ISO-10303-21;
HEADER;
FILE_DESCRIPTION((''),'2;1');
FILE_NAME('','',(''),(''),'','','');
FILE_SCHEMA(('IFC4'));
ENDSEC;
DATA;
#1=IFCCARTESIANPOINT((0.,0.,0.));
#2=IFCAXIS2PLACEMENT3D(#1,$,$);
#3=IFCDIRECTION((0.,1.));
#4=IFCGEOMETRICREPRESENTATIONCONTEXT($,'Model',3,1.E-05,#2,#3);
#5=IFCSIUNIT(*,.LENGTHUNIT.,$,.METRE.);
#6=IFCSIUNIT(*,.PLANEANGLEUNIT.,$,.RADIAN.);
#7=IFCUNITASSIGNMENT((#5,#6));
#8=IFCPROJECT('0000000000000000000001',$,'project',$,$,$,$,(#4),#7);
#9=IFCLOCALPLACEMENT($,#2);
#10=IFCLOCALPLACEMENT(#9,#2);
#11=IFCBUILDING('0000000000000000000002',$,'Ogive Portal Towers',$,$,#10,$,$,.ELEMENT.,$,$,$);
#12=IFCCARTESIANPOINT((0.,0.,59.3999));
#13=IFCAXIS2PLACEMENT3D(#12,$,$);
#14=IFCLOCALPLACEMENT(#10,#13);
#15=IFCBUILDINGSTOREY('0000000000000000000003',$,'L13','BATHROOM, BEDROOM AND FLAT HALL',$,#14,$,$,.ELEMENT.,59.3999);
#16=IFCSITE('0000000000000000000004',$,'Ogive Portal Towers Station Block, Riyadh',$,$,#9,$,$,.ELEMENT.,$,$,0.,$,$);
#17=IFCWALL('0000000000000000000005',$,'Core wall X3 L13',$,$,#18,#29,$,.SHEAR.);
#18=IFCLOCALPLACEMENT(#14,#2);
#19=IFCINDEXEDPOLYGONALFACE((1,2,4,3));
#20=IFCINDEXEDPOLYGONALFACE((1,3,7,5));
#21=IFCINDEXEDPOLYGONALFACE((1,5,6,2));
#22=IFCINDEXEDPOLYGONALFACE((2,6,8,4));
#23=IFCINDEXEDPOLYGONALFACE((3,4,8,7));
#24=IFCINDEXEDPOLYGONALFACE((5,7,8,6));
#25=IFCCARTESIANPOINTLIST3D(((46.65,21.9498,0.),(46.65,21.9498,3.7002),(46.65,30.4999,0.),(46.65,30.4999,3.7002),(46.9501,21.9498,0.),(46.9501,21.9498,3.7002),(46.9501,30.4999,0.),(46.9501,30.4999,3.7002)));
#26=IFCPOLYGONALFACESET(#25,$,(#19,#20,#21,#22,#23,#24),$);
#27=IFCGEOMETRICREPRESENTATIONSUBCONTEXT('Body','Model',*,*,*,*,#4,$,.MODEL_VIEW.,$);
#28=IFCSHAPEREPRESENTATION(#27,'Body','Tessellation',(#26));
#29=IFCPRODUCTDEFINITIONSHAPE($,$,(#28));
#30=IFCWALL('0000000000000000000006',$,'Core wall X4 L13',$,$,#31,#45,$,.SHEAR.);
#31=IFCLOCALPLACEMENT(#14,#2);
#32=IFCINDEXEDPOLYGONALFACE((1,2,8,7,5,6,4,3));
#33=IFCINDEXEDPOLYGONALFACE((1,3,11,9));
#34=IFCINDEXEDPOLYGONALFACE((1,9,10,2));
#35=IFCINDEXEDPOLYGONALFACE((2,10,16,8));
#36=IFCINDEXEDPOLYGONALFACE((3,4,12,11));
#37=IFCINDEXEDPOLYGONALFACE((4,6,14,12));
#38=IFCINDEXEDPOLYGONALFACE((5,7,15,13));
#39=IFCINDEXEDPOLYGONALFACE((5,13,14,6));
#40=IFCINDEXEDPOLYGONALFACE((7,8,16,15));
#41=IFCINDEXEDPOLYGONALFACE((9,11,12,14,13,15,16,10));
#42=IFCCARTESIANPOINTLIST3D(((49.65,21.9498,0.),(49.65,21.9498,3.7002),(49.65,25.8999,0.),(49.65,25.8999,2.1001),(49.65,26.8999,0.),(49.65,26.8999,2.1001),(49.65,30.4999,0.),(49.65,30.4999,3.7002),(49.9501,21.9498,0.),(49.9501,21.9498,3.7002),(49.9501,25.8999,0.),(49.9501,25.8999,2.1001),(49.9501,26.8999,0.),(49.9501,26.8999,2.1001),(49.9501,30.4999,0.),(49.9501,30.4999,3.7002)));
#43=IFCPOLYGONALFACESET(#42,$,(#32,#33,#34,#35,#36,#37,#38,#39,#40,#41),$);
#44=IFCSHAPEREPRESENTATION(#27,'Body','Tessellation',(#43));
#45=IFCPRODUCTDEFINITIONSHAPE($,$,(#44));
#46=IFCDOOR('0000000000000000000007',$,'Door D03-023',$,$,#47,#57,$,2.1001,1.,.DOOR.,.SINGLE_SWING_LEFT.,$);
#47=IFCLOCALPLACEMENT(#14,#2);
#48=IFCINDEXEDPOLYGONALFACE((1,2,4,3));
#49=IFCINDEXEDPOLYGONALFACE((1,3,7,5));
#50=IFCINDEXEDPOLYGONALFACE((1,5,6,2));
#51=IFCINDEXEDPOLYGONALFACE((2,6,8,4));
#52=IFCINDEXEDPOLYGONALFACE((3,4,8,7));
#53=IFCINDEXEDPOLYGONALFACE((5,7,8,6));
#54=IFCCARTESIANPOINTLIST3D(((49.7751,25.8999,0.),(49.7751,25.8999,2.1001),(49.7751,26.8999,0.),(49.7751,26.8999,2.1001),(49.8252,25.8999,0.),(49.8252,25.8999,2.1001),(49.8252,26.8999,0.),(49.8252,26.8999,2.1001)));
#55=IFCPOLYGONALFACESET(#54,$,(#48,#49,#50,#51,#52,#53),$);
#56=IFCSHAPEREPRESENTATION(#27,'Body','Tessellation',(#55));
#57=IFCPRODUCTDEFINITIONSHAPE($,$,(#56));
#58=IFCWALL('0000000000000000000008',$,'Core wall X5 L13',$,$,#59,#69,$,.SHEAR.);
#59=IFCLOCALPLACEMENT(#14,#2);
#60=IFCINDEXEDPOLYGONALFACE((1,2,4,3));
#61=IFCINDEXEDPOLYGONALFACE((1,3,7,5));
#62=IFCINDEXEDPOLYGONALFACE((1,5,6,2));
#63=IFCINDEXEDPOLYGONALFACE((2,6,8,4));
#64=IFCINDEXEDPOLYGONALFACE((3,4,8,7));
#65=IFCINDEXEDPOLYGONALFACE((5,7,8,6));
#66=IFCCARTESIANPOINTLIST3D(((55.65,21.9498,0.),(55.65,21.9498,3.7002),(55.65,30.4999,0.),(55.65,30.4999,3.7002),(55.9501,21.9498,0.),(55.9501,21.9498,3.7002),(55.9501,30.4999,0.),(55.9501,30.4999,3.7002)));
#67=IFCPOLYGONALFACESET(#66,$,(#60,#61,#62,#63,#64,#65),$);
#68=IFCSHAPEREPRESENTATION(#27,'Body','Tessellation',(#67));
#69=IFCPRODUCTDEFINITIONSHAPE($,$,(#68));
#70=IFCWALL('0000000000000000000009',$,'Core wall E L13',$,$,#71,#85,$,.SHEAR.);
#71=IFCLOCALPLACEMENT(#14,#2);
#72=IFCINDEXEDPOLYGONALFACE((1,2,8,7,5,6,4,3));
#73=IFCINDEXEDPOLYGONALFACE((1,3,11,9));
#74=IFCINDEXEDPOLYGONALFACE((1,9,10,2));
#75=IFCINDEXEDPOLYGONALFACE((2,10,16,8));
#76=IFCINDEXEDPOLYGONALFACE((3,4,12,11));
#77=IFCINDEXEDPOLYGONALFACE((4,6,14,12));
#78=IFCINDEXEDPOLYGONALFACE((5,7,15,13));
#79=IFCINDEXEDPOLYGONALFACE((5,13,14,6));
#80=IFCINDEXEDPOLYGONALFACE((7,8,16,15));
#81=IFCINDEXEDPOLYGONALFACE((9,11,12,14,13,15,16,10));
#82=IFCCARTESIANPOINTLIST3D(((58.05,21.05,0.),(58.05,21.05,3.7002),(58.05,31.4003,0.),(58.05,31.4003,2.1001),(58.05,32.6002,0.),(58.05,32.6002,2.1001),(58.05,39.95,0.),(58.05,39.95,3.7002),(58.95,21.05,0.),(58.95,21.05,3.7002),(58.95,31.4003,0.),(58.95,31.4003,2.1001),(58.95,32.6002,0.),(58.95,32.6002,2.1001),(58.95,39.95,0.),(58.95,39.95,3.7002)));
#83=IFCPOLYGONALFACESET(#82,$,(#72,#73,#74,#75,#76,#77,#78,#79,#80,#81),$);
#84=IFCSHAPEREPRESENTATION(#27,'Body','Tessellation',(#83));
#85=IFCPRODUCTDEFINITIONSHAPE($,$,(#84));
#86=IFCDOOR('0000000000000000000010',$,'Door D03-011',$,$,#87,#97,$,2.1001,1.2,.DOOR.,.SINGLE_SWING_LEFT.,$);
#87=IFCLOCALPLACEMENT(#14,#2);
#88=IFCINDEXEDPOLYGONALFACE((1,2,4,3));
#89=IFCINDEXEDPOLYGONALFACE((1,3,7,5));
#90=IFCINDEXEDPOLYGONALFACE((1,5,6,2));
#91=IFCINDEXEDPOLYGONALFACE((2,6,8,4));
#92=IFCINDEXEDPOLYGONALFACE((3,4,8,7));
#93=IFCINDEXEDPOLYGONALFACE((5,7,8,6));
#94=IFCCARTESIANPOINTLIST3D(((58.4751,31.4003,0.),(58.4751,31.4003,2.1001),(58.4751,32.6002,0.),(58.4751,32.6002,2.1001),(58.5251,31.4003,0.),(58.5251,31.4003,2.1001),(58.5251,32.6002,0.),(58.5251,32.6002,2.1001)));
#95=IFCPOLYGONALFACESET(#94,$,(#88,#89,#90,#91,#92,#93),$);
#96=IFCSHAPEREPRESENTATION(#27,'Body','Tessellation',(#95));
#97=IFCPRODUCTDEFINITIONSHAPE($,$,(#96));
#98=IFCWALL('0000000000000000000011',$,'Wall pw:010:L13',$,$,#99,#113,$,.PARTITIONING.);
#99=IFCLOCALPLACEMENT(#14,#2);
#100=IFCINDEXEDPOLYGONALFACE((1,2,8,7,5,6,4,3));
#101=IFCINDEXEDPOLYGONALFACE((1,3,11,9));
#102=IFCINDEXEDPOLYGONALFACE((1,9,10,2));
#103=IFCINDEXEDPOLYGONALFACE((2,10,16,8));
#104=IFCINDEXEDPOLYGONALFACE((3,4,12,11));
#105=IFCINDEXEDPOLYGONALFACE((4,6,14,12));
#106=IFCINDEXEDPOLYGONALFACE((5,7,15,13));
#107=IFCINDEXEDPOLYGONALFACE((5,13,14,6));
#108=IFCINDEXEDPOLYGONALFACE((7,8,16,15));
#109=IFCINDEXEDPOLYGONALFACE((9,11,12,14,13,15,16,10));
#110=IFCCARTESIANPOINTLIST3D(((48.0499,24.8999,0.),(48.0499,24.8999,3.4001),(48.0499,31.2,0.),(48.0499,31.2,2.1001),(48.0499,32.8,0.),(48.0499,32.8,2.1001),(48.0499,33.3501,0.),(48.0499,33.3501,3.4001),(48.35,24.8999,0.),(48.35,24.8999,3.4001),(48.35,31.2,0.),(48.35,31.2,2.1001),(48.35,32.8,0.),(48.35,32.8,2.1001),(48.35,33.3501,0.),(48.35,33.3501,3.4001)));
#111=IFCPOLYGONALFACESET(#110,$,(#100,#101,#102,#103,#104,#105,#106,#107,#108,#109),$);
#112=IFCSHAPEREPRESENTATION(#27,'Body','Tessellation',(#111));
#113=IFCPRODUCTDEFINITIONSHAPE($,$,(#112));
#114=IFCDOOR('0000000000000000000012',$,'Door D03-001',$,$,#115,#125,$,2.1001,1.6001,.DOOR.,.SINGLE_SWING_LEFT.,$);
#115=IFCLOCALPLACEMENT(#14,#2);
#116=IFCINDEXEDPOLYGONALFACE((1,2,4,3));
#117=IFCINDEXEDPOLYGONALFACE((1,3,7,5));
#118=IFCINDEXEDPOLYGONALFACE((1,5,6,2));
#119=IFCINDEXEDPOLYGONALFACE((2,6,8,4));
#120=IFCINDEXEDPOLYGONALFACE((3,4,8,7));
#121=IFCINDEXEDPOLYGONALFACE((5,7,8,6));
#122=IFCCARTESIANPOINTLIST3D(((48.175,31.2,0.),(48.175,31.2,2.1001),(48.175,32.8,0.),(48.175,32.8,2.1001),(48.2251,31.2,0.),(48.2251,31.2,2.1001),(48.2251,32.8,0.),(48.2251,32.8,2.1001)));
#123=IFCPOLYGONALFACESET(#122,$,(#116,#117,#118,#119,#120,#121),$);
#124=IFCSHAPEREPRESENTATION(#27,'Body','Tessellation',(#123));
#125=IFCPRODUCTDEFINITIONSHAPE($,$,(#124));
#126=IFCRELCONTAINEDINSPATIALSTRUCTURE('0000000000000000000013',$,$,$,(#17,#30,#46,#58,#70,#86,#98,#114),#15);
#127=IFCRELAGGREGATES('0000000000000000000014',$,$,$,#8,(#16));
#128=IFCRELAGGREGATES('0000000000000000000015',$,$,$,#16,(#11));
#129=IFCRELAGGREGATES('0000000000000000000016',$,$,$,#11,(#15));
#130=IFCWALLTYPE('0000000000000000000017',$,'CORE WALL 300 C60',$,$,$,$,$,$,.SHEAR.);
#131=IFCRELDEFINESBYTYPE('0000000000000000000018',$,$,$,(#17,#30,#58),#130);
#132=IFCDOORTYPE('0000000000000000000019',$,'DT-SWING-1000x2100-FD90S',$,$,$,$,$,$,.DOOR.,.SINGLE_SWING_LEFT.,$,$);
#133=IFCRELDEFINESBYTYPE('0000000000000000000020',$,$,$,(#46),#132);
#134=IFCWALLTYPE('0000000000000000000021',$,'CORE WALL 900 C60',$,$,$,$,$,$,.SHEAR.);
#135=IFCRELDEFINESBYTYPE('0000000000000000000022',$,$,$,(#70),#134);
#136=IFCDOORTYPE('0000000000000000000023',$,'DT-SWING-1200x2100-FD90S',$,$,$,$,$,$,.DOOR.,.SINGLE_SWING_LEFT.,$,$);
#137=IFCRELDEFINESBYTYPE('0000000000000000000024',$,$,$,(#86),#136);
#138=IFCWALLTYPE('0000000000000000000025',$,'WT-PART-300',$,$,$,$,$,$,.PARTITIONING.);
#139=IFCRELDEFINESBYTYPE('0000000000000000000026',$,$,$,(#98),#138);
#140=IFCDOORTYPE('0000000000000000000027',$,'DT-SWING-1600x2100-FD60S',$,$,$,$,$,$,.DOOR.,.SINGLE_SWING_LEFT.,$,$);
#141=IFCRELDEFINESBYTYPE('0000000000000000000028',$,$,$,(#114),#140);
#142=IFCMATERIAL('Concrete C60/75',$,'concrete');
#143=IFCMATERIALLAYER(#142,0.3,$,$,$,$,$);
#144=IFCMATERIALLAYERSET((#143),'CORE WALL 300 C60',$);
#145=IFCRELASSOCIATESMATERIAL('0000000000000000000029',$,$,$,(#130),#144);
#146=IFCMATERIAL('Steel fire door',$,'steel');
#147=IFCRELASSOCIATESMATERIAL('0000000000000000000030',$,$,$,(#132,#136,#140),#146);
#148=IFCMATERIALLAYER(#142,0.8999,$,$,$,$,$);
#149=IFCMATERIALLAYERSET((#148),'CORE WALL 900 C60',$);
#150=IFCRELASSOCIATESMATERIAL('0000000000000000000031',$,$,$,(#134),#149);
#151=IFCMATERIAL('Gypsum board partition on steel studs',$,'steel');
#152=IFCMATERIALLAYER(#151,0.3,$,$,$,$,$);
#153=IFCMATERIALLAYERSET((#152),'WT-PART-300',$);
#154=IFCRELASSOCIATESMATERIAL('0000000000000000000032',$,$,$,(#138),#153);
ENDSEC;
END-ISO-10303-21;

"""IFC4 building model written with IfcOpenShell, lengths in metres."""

from ifc_helpers import new_model, si_unit, direction, frame, frame_2d, origin, place, context, subcontext, project, spatial, rectangle, extrude, material, layer, layer_set, type_object, element, fill, save


model = new_model("IFC4")

# Units and contexts
model_context = context("Model", 3, precision=1e-05, world=origin(), true_north=direction((0.0, 1.0)))
body_context = subcontext(model_context, "Body", "Model", "MODEL_VIEW")
ifc_project = project(units=[si_unit("LENGTHUNIT", "METRE"), si_unit("PLANEANGLEUNIT", "RADIAN")], contexts=[model_context])

# Site, building, storey
site_placement = place(None, origin())
site = spatial("IfcSite", under=ifc_project, at=site_placement, Name="Ogive Portal Towers Station Block, Riyadh", CompositionType="ELEMENT", RefElevation=0.0)
building_placement = place(site_placement, origin())
building = spatial("IfcBuilding", under=site, at=building_placement, Name="Ogive Portal Towers", CompositionType="ELEMENT")
storey_placement = place(building_placement, frame((0.0, 0.0, 59.3999)))
storey = spatial("IfcBuildingStorey", under=building, at=storey_placement, Name="L13", Description="BATHROOM, BEDROOM AND FLAT HALL", CompositionType="ELEMENT", Elevation=59.3999)

# Wall
ifc_material_1 = material(Name="Concrete C60/75", Category="concrete")
ifc_layer_1 = layer(ifc_material_1, 0.3)
ifc_layer_set_1 = layer_set([ifc_layer_1], Name="CORE WALL 300 C60")
wall_type_1 = type_object("IfcWallType", Name="CORE WALL 300 C60", PredefinedType="SHEAR", material=ifc_layer_set_1)
wall_1_placement = place(storey_placement, frame((46.8, 21.95, 0.0), z_axis=(0.0, 0.0, 1.0), x_axis=(0.0, 1.0, 0.0)))
element("IfcWall", 1, at=wall_1_placement, inside=storey, type_object=wall_type_1, Name="Core wall X3 L13", PredefinedType="SHEAR", context=body_context, shape_type="SweptSolid", body=[
    extrude(rectangle(XDim=8.55, YDim=0.3, at=frame_2d((4.2749, 0.0))), origin(), (0.0, 0.0, 1.0), 3.7002),
])

# Wall, opening, door
wall_2_placement = place(storey_placement, frame((49.8, 21.95, 0.0), z_axis=(0.0, 0.0, 1.0), x_axis=(0.0, 1.0, 0.0)))
wall_2 = element("IfcWall", 2, at=wall_2_placement, inside=storey, type_object=wall_type_1, Name="Core wall X4 L13", PredefinedType="SHEAR", context=body_context, shape_type="SweptSolid", body=[
    extrude(rectangle(XDim=8.55, YDim=0.3, at=frame_2d((4.2749, 0.0))), origin(), (0.0, 0.0, 1.0), 3.7002),
])
opening_1_placement = place(wall_2_placement, frame((3.95, 0.0, 0.0)))
opening_1 = element("IfcOpeningElement", 3, at=opening_1_placement, cuts=wall_2, PredefinedType="OPENING", context=body_context, shape_type="SweptSolid", body=[
    extrude(rectangle(XDim=1.0, YDim=2.1001, at=frame_2d((0.5, 1.05))), frame((0.0, 0.1602, 0.0), z_axis=(0.0, -1.0, 0.0), x_axis=(1.0, 0.0, 0.0)), (0.0, 0.0, 1.0), 0.3201),
])
ifc_material_2 = material(Name="Steel fire door", Category="steel")
door_type_1 = type_object("IfcDoorType", Name="DT-SWING-1000x2100-FD90S", OperationType="SINGLE_SWING_LEFT", PredefinedType="DOOR", material=ifc_material_2)
door_1_placement = place(opening_1_placement, origin())
door_1 = element("IfcDoor", 4, at=door_1_placement, inside=storey, type_object=door_type_1, Name="Door D03-023", OperationType="SINGLE_SWING_LEFT", OverallHeight=2.1001, OverallWidth=1.0, PredefinedType="DOOR", context=body_context, shape_type="SweptSolid", body=[
    extrude(rectangle(XDim=1.0, YDim=2.1001, at=frame_2d((0.5, 1.05))), frame((0.0, 0.0249, 0.0), z_axis=(0.0, -1.0, 0.0), x_axis=(1.0, 0.0, 0.0)), (0.0, 0.0, 1.0), 0.05),
])
fill(opening_1, door_1)

# Wall
wall_3_placement = place(storey_placement, frame((55.8, 21.95, 0.0), z_axis=(0.0, 0.0, 1.0), x_axis=(0.0, 1.0, 0.0)))
element("IfcWall", 5, at=wall_3_placement, inside=storey, type_object=wall_type_1, Name="Core wall X5 L13", PredefinedType="SHEAR", context=body_context, shape_type="SweptSolid", body=[
    extrude(rectangle(XDim=8.55, YDim=0.3, at=frame_2d((4.2749, 0.0))), origin(), (0.0, 0.0, 1.0), 3.7002),
])

# Walls, openings, doors
ifc_layer_2 = layer(ifc_material_1, 0.8999)
ifc_layer_set_2 = layer_set([ifc_layer_2], Name="CORE WALL 900 C60")
wall_type_2 = type_object("IfcWallType", Name="CORE WALL 900 C60", PredefinedType="SHEAR", material=ifc_layer_set_2)
wall_4_placement = place(storey_placement, frame((58.5, 21.05, 0.0), z_axis=(0.0, 0.0, 1.0), x_axis=(0.0, 1.0, 0.0)))
wall_4 = element("IfcWall", 6, at=wall_4_placement, inside=storey, type_object=wall_type_2, Name="Core wall E L13", PredefinedType="SHEAR", context=body_context, shape_type="SweptSolid", body=[
    extrude(rectangle(XDim=18.8999, YDim=0.8999, at=frame_2d((9.45, 0.0))), origin(), (0.0, 0.0, 1.0), 3.7002),
])
opening_2_placement = place(wall_4_placement, frame((10.3501, 0.0, 0.0)))
opening_2 = element("IfcOpeningElement", 7, at=opening_2_placement, cuts=wall_4, PredefinedType="OPENING", context=body_context, shape_type="SweptSolid", body=[
    extrude(rectangle(XDim=1.2, YDim=2.1001, at=frame_2d((0.6001, 1.05))), frame((0.0, 0.46, 0.0), z_axis=(0.0, -1.0, 0.0), x_axis=(1.0, 0.0, 0.0)), (0.0, 0.0, 1.0), 0.9199),
])
door_type_2 = type_object("IfcDoorType", Name="DT-SWING-1200x2100-FD90S", OperationType="SINGLE_SWING_LEFT", PredefinedType="DOOR", material=ifc_material_2)
door_2_placement = place(opening_2_placement, origin())
door_2 = element("IfcDoor", 8, at=door_2_placement, inside=storey, type_object=door_type_2, Name="Door D03-011", OperationType="SINGLE_SWING_LEFT", OverallHeight=2.1001, OverallWidth=1.2, PredefinedType="DOOR", context=body_context, shape_type="SweptSolid", body=[
    extrude(rectangle(XDim=1.2, YDim=2.1001, at=frame_2d((0.6001, 1.05))), frame((0.0, 0.0249, 0.0), z_axis=(0.0, -1.0, 0.0), x_axis=(1.0, 0.0, 0.0)), (0.0, 0.0, 1.0), 0.05),
])
fill(opening_2, door_2)
ifc_material_3 = material(Name="Gypsum board partition on steel studs", Category="steel")
ifc_layer_3 = layer(ifc_material_3, 0.3)
ifc_layer_set_3 = layer_set([ifc_layer_3], Name="WT-PART-300")
wall_type_3 = type_object("IfcWallType", Name="WT-PART-300", PredefinedType="PARTITIONING", material=ifc_layer_set_3)
wall_5_placement = place(storey_placement, frame((48.2, 24.8999, 0.0), z_axis=(0.0, 0.0, 1.0), x_axis=(0.0, 1.0, 0.0)))
wall_5 = element("IfcWall", 9, at=wall_5_placement, inside=storey, type_object=wall_type_3, Name="Wall pw:010:L13", PredefinedType="PARTITIONING", context=body_context, shape_type="SweptSolid", body=[
    extrude(rectangle(XDim=8.4502, YDim=0.3, at=frame_2d((4.2251, 0.0))), origin(), (0.0, 0.0, 1.0), 3.4001),
])
opening_3_placement = place(wall_5_placement, frame((6.3, 0.0, 0.0)))
opening_3 = element("IfcOpeningElement", 10, at=opening_3_placement, cuts=wall_5, PredefinedType="OPENING", context=body_context, shape_type="SweptSolid", body=[
    extrude(rectangle(XDim=1.6001, YDim=2.1001, at=frame_2d((0.8, 1.05))), frame((0.0, 0.1602, 0.0), z_axis=(0.0, -1.0, 0.0), x_axis=(1.0, 0.0, 0.0)), (0.0, 0.0, 1.0), 0.3201),
])
door_type_3 = type_object("IfcDoorType", Name="DT-SWING-1600x2100-FD60S", OperationType="SINGLE_SWING_LEFT", PredefinedType="DOOR", material=ifc_material_2)
door_3_placement = place(opening_3_placement, origin())
door_3 = element("IfcDoor", 11, at=door_3_placement, inside=storey, type_object=door_type_3, Name="Door D03-001", OperationType="SINGLE_SWING_LEFT", OverallHeight=2.1001, OverallWidth=1.6001, PredefinedType="DOOR", context=body_context, shape_type="SweptSolid", body=[
    extrude(rectangle(XDim=1.6001, YDim=2.1001, at=frame_2d((0.8, 1.05))), frame((0.0, 0.0249, 0.0), z_axis=(0.0, -1.0, 0.0), x_axis=(1.0, 0.0, 0.0)), (0.0, 0.0, 1.0), 0.05),
])
fill(opening_3, door_3)

save(model, "model.ifc")
